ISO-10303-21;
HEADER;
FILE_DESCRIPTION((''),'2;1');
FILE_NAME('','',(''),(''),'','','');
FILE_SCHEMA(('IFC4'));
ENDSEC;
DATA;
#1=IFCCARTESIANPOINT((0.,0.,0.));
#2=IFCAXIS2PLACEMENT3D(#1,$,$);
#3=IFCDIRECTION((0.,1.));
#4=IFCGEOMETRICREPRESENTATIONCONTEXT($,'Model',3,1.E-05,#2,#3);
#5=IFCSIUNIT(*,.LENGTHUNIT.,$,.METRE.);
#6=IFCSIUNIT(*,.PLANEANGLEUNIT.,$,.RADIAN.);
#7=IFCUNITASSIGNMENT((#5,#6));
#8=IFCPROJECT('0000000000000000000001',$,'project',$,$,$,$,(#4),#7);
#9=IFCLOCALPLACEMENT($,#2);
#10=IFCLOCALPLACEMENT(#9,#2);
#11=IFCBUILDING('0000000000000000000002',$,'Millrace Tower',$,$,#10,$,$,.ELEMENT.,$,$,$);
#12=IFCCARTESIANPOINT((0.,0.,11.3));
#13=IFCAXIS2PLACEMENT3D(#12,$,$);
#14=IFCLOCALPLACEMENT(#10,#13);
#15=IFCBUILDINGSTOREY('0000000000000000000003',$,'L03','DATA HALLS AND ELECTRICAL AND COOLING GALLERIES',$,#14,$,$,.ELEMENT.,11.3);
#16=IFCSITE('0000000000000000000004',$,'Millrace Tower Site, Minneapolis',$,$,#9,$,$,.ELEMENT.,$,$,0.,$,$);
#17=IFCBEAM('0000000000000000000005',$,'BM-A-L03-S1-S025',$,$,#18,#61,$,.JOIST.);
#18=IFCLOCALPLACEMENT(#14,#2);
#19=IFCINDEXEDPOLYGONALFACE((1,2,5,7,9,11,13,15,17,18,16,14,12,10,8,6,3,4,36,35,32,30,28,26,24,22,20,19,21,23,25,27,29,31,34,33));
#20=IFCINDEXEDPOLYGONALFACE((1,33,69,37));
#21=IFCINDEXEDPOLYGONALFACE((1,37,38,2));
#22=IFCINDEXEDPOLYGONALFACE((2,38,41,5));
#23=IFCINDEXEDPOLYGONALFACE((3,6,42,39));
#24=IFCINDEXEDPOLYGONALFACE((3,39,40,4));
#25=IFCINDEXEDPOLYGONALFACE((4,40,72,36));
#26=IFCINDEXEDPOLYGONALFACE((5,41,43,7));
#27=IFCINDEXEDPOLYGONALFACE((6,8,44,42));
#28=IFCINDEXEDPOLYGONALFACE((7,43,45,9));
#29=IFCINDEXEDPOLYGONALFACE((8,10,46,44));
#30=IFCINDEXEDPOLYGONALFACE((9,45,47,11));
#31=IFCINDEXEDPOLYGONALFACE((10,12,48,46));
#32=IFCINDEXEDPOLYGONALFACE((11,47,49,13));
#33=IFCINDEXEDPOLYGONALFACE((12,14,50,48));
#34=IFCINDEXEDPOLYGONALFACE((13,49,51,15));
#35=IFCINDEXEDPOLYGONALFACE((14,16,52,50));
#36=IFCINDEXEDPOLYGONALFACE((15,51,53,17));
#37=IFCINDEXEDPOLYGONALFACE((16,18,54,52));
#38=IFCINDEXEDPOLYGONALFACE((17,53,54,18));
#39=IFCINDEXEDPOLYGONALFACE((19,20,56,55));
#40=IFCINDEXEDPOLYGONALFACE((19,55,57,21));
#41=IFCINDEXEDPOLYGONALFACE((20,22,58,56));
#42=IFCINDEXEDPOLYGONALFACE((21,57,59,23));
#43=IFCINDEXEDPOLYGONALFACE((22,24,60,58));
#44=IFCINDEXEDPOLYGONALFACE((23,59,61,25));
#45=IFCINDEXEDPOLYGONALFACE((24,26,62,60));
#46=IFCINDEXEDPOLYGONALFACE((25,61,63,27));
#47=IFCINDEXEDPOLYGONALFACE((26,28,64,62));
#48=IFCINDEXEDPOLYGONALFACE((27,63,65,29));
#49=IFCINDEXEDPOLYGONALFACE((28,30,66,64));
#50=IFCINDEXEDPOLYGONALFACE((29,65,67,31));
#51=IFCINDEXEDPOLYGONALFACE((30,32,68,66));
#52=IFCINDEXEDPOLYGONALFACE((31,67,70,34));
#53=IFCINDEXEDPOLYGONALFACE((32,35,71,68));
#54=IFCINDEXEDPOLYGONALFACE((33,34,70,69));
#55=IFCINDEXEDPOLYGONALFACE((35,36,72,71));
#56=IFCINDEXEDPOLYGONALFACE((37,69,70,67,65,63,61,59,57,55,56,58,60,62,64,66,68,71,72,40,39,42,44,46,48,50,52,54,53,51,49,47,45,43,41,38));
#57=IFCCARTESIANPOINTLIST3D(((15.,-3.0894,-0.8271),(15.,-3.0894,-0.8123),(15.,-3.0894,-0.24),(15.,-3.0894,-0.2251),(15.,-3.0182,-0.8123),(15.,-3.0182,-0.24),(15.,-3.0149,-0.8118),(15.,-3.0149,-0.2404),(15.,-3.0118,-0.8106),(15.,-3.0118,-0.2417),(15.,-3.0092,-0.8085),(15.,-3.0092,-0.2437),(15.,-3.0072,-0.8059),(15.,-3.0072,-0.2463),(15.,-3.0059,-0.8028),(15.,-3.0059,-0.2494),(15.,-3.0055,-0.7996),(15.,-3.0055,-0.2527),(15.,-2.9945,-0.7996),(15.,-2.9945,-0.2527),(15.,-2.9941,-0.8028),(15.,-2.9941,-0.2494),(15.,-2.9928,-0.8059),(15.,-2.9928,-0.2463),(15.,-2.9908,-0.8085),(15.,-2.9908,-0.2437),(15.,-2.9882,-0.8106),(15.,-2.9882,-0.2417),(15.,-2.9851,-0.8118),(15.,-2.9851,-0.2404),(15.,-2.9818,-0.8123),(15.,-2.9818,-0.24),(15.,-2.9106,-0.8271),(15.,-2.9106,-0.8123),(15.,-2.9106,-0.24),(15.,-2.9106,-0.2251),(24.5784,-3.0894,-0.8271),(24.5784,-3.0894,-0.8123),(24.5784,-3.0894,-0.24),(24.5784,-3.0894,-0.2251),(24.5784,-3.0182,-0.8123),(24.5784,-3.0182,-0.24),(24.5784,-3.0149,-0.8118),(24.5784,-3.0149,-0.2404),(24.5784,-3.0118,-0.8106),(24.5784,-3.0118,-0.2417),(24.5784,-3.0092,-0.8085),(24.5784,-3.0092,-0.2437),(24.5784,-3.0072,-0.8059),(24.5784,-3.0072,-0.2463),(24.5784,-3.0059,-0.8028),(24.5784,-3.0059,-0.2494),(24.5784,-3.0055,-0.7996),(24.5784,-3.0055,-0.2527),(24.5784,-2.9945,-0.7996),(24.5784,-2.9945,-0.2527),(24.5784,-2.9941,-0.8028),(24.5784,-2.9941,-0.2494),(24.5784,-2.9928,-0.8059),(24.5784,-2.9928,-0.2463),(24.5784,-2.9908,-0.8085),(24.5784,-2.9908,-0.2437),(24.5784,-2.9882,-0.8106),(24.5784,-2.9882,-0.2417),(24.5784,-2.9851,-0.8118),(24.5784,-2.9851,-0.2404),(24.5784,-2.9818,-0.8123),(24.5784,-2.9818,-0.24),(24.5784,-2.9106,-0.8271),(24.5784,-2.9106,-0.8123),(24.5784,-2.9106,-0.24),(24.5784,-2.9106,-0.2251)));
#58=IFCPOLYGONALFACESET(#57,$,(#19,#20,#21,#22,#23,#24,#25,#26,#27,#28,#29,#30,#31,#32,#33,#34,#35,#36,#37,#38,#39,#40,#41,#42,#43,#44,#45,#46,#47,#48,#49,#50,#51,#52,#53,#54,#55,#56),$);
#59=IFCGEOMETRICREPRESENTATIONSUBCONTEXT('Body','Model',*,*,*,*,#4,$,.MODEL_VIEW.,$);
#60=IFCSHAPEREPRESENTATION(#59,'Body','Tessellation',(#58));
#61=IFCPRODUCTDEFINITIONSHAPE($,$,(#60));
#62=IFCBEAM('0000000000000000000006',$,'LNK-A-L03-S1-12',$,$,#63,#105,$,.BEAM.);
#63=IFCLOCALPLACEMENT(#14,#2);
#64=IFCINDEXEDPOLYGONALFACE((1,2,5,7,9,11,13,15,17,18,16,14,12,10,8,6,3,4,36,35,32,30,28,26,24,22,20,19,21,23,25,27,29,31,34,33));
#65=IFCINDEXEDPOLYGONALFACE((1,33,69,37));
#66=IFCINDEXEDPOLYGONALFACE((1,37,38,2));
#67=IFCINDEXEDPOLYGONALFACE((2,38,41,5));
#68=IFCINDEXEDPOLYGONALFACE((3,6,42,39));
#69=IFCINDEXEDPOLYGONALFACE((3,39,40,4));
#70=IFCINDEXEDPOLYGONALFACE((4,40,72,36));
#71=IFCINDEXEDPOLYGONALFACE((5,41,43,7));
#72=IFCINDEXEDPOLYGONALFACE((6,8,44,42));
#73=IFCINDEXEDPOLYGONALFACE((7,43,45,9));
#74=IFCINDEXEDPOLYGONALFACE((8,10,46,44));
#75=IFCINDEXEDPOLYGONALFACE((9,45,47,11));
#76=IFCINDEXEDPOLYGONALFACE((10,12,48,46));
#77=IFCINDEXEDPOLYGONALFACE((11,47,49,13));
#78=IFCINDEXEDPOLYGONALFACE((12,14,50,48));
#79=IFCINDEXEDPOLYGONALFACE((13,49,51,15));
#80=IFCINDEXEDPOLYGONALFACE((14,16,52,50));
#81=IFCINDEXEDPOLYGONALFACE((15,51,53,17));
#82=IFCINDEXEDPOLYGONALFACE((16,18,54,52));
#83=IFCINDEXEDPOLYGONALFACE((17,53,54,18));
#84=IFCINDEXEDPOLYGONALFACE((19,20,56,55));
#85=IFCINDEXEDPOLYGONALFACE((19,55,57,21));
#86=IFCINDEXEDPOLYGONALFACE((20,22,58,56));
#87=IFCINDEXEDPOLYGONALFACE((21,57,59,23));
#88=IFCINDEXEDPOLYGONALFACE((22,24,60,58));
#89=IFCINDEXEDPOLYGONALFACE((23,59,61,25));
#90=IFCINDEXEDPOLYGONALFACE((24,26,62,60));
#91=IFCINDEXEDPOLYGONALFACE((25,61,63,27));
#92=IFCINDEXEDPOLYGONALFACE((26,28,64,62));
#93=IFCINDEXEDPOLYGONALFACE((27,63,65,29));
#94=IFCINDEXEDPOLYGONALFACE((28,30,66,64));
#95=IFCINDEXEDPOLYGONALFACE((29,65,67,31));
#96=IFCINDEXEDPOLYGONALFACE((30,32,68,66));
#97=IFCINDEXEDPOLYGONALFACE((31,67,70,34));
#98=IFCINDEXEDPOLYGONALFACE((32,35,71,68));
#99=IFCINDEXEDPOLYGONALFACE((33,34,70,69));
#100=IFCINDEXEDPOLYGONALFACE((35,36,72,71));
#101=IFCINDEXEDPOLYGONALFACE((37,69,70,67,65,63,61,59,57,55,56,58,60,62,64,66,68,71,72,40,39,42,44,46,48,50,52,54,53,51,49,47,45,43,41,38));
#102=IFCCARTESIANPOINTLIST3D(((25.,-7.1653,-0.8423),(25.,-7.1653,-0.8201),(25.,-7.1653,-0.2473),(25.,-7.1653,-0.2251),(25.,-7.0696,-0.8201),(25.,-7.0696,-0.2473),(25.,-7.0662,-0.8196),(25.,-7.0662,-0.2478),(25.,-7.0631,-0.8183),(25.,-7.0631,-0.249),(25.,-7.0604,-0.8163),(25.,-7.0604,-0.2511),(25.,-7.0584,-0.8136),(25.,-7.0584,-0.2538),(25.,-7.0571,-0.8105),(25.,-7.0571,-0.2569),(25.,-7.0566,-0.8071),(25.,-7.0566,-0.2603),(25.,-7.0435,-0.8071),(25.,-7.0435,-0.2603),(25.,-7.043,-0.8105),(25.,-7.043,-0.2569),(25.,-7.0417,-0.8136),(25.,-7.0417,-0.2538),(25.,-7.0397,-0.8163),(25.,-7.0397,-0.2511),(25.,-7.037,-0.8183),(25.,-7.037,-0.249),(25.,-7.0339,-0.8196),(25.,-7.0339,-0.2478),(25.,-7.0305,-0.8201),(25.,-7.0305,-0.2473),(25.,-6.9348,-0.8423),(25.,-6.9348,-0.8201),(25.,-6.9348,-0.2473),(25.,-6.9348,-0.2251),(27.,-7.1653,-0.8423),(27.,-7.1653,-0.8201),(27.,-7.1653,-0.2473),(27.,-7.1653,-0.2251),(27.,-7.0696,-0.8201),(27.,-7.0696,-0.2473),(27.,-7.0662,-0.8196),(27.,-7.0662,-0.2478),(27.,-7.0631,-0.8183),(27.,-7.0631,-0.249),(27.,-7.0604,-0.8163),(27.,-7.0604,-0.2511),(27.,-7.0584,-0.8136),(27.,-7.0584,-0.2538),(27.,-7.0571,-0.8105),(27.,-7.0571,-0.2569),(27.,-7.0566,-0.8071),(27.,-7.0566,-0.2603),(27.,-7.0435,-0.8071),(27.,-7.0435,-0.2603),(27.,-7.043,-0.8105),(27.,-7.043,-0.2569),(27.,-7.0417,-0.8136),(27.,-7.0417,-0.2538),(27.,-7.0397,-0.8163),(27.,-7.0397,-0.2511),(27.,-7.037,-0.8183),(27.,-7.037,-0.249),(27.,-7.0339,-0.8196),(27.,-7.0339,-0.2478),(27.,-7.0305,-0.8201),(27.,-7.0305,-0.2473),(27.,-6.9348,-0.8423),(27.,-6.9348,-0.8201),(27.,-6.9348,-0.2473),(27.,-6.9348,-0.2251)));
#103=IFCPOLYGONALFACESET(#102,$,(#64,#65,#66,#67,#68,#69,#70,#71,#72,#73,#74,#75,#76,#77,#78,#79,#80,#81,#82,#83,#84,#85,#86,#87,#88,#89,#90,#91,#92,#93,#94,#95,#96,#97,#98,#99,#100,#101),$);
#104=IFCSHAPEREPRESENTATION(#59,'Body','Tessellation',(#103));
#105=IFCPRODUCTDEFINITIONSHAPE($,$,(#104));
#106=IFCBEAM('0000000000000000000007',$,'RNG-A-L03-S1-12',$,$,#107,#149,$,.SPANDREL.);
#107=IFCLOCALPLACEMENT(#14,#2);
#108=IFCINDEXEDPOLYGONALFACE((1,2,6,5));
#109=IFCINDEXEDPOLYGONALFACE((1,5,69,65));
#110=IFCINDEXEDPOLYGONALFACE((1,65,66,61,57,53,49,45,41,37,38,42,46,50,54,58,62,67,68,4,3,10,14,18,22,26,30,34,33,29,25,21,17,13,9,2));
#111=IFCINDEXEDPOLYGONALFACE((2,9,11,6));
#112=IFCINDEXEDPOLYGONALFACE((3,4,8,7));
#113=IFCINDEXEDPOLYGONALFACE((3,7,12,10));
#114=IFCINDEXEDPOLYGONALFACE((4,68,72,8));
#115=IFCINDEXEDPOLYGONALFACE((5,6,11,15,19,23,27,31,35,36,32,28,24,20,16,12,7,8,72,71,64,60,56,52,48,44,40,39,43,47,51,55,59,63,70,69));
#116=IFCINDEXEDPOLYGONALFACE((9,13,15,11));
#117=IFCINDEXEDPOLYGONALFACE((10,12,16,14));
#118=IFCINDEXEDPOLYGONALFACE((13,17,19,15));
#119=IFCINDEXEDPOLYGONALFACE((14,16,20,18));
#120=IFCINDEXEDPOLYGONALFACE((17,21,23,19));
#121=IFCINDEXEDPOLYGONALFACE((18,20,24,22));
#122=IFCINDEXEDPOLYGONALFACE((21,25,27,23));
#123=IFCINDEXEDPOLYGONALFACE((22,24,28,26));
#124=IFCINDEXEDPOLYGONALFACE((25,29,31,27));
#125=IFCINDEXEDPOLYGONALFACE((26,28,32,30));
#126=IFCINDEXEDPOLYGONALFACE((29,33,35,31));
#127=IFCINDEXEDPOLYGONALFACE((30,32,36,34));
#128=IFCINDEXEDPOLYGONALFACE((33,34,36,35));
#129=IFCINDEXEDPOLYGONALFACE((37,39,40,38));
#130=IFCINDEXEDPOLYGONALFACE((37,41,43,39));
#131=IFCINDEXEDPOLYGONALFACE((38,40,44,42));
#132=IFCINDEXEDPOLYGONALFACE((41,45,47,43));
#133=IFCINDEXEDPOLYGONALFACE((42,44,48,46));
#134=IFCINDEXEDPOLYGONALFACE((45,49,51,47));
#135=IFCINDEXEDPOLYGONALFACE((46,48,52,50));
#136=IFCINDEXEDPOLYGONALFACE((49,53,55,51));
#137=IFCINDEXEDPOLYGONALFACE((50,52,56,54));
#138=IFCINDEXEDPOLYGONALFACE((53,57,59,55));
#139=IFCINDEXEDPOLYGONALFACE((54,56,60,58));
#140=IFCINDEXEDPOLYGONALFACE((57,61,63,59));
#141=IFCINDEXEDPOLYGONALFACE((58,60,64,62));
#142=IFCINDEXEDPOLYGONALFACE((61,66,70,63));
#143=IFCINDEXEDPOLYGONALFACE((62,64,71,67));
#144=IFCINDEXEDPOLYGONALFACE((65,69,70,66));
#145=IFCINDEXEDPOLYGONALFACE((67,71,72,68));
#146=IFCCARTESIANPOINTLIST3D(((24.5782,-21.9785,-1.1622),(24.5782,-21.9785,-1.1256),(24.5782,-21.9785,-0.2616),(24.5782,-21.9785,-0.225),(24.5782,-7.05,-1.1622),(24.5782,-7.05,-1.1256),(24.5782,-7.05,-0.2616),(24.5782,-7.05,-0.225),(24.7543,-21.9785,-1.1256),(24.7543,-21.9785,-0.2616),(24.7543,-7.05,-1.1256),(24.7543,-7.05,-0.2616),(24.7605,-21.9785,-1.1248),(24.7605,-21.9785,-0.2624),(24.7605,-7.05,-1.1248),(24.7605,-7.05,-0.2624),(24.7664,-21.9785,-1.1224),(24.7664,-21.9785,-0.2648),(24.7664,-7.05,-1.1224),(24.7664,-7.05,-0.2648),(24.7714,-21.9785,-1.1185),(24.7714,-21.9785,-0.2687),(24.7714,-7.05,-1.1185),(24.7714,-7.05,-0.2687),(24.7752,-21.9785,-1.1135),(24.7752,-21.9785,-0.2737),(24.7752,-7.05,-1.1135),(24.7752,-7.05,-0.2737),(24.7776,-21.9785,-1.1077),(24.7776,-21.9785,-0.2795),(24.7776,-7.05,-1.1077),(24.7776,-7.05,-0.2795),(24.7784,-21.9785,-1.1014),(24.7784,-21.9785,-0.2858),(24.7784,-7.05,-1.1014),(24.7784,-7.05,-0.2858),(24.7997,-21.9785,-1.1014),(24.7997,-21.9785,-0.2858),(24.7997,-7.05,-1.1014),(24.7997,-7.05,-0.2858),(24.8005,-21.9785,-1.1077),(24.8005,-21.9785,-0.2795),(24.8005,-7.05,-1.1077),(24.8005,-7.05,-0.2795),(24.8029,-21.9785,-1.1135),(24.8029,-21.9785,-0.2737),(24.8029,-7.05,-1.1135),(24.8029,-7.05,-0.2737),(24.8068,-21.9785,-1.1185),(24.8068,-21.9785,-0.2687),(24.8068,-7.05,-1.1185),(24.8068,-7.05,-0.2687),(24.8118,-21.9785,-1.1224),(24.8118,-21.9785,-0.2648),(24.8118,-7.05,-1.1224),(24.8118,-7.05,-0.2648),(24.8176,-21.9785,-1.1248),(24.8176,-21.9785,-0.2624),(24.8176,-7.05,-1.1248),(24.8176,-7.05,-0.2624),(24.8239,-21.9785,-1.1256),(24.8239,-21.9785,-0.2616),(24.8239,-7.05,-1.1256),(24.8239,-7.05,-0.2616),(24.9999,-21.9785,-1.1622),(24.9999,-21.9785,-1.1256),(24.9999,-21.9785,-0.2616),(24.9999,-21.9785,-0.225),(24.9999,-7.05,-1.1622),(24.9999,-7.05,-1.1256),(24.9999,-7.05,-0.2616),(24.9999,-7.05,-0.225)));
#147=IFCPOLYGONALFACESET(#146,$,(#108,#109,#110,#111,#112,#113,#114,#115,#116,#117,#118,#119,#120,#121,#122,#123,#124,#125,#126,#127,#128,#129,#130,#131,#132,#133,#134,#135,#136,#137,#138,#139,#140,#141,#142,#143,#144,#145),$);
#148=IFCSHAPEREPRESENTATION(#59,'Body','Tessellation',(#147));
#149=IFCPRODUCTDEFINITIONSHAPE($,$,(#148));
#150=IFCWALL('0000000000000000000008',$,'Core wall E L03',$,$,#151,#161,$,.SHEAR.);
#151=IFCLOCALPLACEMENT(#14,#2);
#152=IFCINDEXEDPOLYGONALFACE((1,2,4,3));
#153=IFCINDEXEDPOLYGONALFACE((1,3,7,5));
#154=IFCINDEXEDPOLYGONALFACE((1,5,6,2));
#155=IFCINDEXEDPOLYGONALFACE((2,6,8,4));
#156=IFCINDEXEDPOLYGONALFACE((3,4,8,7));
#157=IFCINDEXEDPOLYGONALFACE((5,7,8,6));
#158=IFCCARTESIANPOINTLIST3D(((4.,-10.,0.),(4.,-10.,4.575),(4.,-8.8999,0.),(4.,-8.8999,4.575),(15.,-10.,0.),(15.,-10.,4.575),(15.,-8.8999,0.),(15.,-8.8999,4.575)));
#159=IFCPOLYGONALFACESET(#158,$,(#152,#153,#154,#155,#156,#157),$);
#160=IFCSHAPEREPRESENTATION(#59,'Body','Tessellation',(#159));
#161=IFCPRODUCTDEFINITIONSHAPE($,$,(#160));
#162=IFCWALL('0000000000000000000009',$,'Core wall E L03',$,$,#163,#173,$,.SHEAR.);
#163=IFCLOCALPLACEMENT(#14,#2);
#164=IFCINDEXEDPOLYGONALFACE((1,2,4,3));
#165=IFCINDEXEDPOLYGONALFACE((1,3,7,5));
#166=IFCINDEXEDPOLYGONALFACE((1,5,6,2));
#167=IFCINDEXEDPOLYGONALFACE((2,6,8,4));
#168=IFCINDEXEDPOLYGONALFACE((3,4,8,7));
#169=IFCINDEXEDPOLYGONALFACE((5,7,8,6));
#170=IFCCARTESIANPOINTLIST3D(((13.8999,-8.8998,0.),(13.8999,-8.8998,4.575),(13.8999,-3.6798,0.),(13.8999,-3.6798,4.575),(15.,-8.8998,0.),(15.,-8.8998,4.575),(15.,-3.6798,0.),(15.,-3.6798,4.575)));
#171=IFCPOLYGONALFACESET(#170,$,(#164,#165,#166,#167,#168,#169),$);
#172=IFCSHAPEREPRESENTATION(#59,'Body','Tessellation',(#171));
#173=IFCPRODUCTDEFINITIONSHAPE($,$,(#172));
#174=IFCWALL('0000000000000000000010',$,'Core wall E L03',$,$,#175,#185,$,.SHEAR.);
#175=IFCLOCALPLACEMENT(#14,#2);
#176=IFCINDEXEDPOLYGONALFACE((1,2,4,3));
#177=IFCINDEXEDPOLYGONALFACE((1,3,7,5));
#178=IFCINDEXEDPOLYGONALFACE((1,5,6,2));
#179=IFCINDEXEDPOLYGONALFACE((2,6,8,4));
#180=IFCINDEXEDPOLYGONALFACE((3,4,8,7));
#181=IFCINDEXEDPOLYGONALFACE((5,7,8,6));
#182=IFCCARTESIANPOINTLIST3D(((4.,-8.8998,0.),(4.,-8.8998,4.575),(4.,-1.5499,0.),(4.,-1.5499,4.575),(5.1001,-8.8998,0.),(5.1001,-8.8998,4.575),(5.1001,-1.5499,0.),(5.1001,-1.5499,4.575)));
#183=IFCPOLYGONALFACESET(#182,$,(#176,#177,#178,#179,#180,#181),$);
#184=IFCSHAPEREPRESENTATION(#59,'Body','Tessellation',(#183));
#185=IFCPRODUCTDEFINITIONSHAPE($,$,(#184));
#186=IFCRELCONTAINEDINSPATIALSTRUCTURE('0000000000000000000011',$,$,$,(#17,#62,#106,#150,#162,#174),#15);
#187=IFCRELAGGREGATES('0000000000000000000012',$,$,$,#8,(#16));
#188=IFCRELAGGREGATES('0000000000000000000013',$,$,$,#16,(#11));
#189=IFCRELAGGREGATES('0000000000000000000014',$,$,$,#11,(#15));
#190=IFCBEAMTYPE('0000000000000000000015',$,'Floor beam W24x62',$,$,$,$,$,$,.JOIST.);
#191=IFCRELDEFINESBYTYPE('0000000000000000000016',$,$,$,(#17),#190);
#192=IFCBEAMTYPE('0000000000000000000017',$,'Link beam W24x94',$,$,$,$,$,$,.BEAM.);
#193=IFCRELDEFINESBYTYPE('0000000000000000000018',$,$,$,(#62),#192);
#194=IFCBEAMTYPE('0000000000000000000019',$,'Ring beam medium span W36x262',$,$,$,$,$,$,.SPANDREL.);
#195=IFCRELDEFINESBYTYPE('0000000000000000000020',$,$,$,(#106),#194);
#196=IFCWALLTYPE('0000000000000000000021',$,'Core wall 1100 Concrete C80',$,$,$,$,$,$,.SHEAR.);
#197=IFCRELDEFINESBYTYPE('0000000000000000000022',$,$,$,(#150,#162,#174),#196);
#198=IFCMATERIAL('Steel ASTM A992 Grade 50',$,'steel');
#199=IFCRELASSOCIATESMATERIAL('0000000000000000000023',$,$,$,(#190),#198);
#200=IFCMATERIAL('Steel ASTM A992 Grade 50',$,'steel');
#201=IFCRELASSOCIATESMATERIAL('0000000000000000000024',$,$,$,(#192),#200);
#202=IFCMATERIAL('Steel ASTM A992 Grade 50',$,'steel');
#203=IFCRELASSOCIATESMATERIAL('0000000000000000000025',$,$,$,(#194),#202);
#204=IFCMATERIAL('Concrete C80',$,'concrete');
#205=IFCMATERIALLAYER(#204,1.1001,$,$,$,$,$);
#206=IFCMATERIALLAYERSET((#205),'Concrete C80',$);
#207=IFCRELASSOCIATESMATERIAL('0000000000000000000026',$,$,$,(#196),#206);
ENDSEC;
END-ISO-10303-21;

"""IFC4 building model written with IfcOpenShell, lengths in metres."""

from ifc_helpers import new_model, si_unit, direction, frame, frame_2d, origin, origin_2d, place, context, subcontext, project, spatial, rectangle, i_section, extrude, material, layer, layer_set, material_profile, profile_set, type_object, element, save


model = new_model("IFC4")

# Units and contexts
model_context = context("Model", 3, precision=1e-05, world=origin(), true_north=direction((0.0, 1.0)))
body_context = subcontext(model_context, "Body", "Model", "MODEL_VIEW")
ifc_project = project(units=[si_unit("LENGTHUNIT", "METRE"), si_unit("PLANEANGLEUNIT", "RADIAN")], contexts=[model_context])

# Site, building, storey
site_placement = place(None, origin())
site = spatial("IfcSite", under=ifc_project, at=site_placement, Name="Millrace Tower Site, Minneapolis", CompositionType="ELEMENT", RefElevation=0.0)
building_placement = place(site_placement, origin())
building = spatial("IfcBuilding", under=site, at=building_placement, Name="Millrace Tower", CompositionType="ELEMENT")
storey_placement = place(building_placement, frame((0.0, 0.0, 11.3)))
storey = spatial("IfcBuildingStorey", under=building, at=storey_placement, Name="L03", Description="DATA HALLS AND ELECTRICAL AND COOLING GALLERIES", CompositionType="ELEMENT", Elevation=11.3)

# Beams
ifc_material_1 = material(Name="Steel ASTM A992 Grade 50", Category="steel")
ifc_material_profile_1 = material_profile(ifc_material_1, i_section(OverallWidth=0.1787, OverallDepth=0.6021, WebThickness=0.011, FlangeThickness=0.0149, FilletRadius=0.0127, at=origin_2d()))
ifc_profile_set_1 = profile_set([ifc_material_profile_1], Name="Steel ASTM A992 Grade 50")
beam_type_1 = type_object("IfcBeamType", Name="Floor beam W24x62", PredefinedType="JOIST", material=ifc_profile_set_1)
for number, where, z_axis, x_axis, name in (
    (1, (15.0, -3.0, -0.5261), (1.0, 0.0, 0.0), (0.0, 1.0, 0.0), "BM-A-L03-S1-S025"),
):
    element("IfcBeam", number, at=place(storey_placement, frame(where, z_axis=z_axis, x_axis=x_axis)), inside=storey, type_object=beam_type_1, Name=name, PredefinedType="JOIST", context=body_context, shape_type="SweptSolid", body=[
        extrude(i_section(OverallWidth=0.1787, OverallDepth=0.6021, WebThickness=0.011, FlangeThickness=0.0149, FilletRadius=0.0127, at=origin_2d()), origin(), (0.0, 0.0, 1.0), 9.5784),
    ])
ifc_material_2 = material(Name="Steel ASTM A992 Grade 50", Category="steel")
ifc_material_profile_2 = material_profile(ifc_material_2, i_section(OverallWidth=0.2305, OverallDepth=0.6172, WebThickness=0.0132, FlangeThickness=0.0222, FilletRadius=0.0129, at=origin_2d()))
ifc_profile_set_2 = profile_set([ifc_material_profile_2], Name="Steel ASTM A992 Grade 50")
beam_type_2 = type_object("IfcBeamType", Name="Link beam W24x94", PredefinedType="BEAM", material=ifc_profile_set_2)
beam_1_placement = place(storey_placement, frame((25.0, -7.05, -0.5337), z_axis=(1.0, 0.0, 0.0), x_axis=(0.0, 1.0, 0.0)))
element("IfcBeam", 2, at=beam_1_placement, inside=storey, type_object=beam_type_2, Name="LNK-A-L03-S1-12", PredefinedType="BEAM", context=body_context, shape_type="SweptSolid", body=[
    extrude(i_section(OverallWidth=0.2305, OverallDepth=0.6172, WebThickness=0.0132, FlangeThickness=0.0222, FilletRadius=0.0129, at=origin_2d()), origin(), (0.0, 0.0, 1.0), 2.0),
])
ifc_material_3 = material(Name="Steel ASTM A992 Grade 50", Category="steel")
ifc_material_profile_3 = material_profile(ifc_material_3, i_section(OverallWidth=0.4216, OverallDepth=0.9373, WebThickness=0.0212, FlangeThickness=0.0366, FilletRadius=0.0242, at=origin_2d()))
ifc_profile_set_3 = profile_set([ifc_material_profile_3], Name="Steel ASTM A992 Grade 50")
beam_type_3 = type_object("IfcBeamType", Name="Ring beam medium span W36x262", PredefinedType="SPANDREL", material=ifc_profile_set_3)
beam_2_placement = place(storey_placement, frame((24.7891, -7.05, -0.6936), z_axis=(0.0, -1.0, 0.0), x_axis=(1.0, 0.0, 0.0)))
element("IfcBeam", 3, at=beam_2_placement, inside=storey, type_object=beam_type_3, Name="RNG-A-L03-S1-12", PredefinedType="SPANDREL", context=body_context, shape_type="SweptSolid", body=[
    extrude(i_section(OverallWidth=0.4216, OverallDepth=0.9373, WebThickness=0.0212, FlangeThickness=0.0366, FilletRadius=0.0242, at=origin_2d()), origin(), (0.0, 0.0, 1.0), 14.9285),
])

# Walls
ifc_material_4 = material(Name="Concrete C80", Category="concrete")
ifc_layer_1 = layer(ifc_material_4, 1.1001)
ifc_layer_set_1 = layer_set([ifc_layer_1], Name="Concrete C80")
wall_type_1 = type_object("IfcWallType", Name="Core wall 1100 Concrete C80", PredefinedType="SHEAR", material=ifc_layer_set_1)
wall_1_placement = place(storey_placement, frame((15.0, -9.45, 0.0), z_axis=(0.0, 0.0, 1.0), x_axis=(-1.0, 0.0, 0.0)))
element("IfcWall", 4, at=wall_1_placement, inside=storey, type_object=wall_type_1, Name="Core wall E L03", PredefinedType="SHEAR", context=body_context, shape_type="SweptSolid", body=[
    extrude(rectangle(XDim=11.0, YDim=1.1001, at=frame_2d((5.5, 0.0))), origin(), (0.0, 0.0, 1.0), 4.575),
])
wall_2_placement = place(storey_placement, frame((14.45, -3.6799, 0.0), z_axis=(0.0, 0.0, 1.0), x_axis=(0.0, -1.0, 0.0)))
element("IfcWall", 5, at=wall_2_placement, inside=storey, type_object=wall_type_1, Name="Core wall E L03", PredefinedType="SHEAR", context=body_context, shape_type="SweptSolid", body=[
    extrude(rectangle(XDim=5.22, YDim=1.1001, at=frame_2d((2.6099, 0.0))), origin(), (0.0, 0.0, 1.0), 4.575),
])
wall_3_placement = place(storey_placement, frame((4.55, -1.55, 0.0), z_axis=(0.0, 0.0, 1.0), x_axis=(0.0, -1.0, 0.0)))
element("IfcWall", 6, at=wall_3_placement, inside=storey, type_object=wall_type_1, Name="Core wall E L03", PredefinedType="SHEAR", context=body_context, shape_type="SweptSolid", body=[
    extrude(rectangle(XDim=7.3499, YDim=1.1001, at=frame_2d((3.6748, 0.0))), origin(), (0.0, 0.0, 1.0), 4.575),
])

save(model, "model.ifc")
